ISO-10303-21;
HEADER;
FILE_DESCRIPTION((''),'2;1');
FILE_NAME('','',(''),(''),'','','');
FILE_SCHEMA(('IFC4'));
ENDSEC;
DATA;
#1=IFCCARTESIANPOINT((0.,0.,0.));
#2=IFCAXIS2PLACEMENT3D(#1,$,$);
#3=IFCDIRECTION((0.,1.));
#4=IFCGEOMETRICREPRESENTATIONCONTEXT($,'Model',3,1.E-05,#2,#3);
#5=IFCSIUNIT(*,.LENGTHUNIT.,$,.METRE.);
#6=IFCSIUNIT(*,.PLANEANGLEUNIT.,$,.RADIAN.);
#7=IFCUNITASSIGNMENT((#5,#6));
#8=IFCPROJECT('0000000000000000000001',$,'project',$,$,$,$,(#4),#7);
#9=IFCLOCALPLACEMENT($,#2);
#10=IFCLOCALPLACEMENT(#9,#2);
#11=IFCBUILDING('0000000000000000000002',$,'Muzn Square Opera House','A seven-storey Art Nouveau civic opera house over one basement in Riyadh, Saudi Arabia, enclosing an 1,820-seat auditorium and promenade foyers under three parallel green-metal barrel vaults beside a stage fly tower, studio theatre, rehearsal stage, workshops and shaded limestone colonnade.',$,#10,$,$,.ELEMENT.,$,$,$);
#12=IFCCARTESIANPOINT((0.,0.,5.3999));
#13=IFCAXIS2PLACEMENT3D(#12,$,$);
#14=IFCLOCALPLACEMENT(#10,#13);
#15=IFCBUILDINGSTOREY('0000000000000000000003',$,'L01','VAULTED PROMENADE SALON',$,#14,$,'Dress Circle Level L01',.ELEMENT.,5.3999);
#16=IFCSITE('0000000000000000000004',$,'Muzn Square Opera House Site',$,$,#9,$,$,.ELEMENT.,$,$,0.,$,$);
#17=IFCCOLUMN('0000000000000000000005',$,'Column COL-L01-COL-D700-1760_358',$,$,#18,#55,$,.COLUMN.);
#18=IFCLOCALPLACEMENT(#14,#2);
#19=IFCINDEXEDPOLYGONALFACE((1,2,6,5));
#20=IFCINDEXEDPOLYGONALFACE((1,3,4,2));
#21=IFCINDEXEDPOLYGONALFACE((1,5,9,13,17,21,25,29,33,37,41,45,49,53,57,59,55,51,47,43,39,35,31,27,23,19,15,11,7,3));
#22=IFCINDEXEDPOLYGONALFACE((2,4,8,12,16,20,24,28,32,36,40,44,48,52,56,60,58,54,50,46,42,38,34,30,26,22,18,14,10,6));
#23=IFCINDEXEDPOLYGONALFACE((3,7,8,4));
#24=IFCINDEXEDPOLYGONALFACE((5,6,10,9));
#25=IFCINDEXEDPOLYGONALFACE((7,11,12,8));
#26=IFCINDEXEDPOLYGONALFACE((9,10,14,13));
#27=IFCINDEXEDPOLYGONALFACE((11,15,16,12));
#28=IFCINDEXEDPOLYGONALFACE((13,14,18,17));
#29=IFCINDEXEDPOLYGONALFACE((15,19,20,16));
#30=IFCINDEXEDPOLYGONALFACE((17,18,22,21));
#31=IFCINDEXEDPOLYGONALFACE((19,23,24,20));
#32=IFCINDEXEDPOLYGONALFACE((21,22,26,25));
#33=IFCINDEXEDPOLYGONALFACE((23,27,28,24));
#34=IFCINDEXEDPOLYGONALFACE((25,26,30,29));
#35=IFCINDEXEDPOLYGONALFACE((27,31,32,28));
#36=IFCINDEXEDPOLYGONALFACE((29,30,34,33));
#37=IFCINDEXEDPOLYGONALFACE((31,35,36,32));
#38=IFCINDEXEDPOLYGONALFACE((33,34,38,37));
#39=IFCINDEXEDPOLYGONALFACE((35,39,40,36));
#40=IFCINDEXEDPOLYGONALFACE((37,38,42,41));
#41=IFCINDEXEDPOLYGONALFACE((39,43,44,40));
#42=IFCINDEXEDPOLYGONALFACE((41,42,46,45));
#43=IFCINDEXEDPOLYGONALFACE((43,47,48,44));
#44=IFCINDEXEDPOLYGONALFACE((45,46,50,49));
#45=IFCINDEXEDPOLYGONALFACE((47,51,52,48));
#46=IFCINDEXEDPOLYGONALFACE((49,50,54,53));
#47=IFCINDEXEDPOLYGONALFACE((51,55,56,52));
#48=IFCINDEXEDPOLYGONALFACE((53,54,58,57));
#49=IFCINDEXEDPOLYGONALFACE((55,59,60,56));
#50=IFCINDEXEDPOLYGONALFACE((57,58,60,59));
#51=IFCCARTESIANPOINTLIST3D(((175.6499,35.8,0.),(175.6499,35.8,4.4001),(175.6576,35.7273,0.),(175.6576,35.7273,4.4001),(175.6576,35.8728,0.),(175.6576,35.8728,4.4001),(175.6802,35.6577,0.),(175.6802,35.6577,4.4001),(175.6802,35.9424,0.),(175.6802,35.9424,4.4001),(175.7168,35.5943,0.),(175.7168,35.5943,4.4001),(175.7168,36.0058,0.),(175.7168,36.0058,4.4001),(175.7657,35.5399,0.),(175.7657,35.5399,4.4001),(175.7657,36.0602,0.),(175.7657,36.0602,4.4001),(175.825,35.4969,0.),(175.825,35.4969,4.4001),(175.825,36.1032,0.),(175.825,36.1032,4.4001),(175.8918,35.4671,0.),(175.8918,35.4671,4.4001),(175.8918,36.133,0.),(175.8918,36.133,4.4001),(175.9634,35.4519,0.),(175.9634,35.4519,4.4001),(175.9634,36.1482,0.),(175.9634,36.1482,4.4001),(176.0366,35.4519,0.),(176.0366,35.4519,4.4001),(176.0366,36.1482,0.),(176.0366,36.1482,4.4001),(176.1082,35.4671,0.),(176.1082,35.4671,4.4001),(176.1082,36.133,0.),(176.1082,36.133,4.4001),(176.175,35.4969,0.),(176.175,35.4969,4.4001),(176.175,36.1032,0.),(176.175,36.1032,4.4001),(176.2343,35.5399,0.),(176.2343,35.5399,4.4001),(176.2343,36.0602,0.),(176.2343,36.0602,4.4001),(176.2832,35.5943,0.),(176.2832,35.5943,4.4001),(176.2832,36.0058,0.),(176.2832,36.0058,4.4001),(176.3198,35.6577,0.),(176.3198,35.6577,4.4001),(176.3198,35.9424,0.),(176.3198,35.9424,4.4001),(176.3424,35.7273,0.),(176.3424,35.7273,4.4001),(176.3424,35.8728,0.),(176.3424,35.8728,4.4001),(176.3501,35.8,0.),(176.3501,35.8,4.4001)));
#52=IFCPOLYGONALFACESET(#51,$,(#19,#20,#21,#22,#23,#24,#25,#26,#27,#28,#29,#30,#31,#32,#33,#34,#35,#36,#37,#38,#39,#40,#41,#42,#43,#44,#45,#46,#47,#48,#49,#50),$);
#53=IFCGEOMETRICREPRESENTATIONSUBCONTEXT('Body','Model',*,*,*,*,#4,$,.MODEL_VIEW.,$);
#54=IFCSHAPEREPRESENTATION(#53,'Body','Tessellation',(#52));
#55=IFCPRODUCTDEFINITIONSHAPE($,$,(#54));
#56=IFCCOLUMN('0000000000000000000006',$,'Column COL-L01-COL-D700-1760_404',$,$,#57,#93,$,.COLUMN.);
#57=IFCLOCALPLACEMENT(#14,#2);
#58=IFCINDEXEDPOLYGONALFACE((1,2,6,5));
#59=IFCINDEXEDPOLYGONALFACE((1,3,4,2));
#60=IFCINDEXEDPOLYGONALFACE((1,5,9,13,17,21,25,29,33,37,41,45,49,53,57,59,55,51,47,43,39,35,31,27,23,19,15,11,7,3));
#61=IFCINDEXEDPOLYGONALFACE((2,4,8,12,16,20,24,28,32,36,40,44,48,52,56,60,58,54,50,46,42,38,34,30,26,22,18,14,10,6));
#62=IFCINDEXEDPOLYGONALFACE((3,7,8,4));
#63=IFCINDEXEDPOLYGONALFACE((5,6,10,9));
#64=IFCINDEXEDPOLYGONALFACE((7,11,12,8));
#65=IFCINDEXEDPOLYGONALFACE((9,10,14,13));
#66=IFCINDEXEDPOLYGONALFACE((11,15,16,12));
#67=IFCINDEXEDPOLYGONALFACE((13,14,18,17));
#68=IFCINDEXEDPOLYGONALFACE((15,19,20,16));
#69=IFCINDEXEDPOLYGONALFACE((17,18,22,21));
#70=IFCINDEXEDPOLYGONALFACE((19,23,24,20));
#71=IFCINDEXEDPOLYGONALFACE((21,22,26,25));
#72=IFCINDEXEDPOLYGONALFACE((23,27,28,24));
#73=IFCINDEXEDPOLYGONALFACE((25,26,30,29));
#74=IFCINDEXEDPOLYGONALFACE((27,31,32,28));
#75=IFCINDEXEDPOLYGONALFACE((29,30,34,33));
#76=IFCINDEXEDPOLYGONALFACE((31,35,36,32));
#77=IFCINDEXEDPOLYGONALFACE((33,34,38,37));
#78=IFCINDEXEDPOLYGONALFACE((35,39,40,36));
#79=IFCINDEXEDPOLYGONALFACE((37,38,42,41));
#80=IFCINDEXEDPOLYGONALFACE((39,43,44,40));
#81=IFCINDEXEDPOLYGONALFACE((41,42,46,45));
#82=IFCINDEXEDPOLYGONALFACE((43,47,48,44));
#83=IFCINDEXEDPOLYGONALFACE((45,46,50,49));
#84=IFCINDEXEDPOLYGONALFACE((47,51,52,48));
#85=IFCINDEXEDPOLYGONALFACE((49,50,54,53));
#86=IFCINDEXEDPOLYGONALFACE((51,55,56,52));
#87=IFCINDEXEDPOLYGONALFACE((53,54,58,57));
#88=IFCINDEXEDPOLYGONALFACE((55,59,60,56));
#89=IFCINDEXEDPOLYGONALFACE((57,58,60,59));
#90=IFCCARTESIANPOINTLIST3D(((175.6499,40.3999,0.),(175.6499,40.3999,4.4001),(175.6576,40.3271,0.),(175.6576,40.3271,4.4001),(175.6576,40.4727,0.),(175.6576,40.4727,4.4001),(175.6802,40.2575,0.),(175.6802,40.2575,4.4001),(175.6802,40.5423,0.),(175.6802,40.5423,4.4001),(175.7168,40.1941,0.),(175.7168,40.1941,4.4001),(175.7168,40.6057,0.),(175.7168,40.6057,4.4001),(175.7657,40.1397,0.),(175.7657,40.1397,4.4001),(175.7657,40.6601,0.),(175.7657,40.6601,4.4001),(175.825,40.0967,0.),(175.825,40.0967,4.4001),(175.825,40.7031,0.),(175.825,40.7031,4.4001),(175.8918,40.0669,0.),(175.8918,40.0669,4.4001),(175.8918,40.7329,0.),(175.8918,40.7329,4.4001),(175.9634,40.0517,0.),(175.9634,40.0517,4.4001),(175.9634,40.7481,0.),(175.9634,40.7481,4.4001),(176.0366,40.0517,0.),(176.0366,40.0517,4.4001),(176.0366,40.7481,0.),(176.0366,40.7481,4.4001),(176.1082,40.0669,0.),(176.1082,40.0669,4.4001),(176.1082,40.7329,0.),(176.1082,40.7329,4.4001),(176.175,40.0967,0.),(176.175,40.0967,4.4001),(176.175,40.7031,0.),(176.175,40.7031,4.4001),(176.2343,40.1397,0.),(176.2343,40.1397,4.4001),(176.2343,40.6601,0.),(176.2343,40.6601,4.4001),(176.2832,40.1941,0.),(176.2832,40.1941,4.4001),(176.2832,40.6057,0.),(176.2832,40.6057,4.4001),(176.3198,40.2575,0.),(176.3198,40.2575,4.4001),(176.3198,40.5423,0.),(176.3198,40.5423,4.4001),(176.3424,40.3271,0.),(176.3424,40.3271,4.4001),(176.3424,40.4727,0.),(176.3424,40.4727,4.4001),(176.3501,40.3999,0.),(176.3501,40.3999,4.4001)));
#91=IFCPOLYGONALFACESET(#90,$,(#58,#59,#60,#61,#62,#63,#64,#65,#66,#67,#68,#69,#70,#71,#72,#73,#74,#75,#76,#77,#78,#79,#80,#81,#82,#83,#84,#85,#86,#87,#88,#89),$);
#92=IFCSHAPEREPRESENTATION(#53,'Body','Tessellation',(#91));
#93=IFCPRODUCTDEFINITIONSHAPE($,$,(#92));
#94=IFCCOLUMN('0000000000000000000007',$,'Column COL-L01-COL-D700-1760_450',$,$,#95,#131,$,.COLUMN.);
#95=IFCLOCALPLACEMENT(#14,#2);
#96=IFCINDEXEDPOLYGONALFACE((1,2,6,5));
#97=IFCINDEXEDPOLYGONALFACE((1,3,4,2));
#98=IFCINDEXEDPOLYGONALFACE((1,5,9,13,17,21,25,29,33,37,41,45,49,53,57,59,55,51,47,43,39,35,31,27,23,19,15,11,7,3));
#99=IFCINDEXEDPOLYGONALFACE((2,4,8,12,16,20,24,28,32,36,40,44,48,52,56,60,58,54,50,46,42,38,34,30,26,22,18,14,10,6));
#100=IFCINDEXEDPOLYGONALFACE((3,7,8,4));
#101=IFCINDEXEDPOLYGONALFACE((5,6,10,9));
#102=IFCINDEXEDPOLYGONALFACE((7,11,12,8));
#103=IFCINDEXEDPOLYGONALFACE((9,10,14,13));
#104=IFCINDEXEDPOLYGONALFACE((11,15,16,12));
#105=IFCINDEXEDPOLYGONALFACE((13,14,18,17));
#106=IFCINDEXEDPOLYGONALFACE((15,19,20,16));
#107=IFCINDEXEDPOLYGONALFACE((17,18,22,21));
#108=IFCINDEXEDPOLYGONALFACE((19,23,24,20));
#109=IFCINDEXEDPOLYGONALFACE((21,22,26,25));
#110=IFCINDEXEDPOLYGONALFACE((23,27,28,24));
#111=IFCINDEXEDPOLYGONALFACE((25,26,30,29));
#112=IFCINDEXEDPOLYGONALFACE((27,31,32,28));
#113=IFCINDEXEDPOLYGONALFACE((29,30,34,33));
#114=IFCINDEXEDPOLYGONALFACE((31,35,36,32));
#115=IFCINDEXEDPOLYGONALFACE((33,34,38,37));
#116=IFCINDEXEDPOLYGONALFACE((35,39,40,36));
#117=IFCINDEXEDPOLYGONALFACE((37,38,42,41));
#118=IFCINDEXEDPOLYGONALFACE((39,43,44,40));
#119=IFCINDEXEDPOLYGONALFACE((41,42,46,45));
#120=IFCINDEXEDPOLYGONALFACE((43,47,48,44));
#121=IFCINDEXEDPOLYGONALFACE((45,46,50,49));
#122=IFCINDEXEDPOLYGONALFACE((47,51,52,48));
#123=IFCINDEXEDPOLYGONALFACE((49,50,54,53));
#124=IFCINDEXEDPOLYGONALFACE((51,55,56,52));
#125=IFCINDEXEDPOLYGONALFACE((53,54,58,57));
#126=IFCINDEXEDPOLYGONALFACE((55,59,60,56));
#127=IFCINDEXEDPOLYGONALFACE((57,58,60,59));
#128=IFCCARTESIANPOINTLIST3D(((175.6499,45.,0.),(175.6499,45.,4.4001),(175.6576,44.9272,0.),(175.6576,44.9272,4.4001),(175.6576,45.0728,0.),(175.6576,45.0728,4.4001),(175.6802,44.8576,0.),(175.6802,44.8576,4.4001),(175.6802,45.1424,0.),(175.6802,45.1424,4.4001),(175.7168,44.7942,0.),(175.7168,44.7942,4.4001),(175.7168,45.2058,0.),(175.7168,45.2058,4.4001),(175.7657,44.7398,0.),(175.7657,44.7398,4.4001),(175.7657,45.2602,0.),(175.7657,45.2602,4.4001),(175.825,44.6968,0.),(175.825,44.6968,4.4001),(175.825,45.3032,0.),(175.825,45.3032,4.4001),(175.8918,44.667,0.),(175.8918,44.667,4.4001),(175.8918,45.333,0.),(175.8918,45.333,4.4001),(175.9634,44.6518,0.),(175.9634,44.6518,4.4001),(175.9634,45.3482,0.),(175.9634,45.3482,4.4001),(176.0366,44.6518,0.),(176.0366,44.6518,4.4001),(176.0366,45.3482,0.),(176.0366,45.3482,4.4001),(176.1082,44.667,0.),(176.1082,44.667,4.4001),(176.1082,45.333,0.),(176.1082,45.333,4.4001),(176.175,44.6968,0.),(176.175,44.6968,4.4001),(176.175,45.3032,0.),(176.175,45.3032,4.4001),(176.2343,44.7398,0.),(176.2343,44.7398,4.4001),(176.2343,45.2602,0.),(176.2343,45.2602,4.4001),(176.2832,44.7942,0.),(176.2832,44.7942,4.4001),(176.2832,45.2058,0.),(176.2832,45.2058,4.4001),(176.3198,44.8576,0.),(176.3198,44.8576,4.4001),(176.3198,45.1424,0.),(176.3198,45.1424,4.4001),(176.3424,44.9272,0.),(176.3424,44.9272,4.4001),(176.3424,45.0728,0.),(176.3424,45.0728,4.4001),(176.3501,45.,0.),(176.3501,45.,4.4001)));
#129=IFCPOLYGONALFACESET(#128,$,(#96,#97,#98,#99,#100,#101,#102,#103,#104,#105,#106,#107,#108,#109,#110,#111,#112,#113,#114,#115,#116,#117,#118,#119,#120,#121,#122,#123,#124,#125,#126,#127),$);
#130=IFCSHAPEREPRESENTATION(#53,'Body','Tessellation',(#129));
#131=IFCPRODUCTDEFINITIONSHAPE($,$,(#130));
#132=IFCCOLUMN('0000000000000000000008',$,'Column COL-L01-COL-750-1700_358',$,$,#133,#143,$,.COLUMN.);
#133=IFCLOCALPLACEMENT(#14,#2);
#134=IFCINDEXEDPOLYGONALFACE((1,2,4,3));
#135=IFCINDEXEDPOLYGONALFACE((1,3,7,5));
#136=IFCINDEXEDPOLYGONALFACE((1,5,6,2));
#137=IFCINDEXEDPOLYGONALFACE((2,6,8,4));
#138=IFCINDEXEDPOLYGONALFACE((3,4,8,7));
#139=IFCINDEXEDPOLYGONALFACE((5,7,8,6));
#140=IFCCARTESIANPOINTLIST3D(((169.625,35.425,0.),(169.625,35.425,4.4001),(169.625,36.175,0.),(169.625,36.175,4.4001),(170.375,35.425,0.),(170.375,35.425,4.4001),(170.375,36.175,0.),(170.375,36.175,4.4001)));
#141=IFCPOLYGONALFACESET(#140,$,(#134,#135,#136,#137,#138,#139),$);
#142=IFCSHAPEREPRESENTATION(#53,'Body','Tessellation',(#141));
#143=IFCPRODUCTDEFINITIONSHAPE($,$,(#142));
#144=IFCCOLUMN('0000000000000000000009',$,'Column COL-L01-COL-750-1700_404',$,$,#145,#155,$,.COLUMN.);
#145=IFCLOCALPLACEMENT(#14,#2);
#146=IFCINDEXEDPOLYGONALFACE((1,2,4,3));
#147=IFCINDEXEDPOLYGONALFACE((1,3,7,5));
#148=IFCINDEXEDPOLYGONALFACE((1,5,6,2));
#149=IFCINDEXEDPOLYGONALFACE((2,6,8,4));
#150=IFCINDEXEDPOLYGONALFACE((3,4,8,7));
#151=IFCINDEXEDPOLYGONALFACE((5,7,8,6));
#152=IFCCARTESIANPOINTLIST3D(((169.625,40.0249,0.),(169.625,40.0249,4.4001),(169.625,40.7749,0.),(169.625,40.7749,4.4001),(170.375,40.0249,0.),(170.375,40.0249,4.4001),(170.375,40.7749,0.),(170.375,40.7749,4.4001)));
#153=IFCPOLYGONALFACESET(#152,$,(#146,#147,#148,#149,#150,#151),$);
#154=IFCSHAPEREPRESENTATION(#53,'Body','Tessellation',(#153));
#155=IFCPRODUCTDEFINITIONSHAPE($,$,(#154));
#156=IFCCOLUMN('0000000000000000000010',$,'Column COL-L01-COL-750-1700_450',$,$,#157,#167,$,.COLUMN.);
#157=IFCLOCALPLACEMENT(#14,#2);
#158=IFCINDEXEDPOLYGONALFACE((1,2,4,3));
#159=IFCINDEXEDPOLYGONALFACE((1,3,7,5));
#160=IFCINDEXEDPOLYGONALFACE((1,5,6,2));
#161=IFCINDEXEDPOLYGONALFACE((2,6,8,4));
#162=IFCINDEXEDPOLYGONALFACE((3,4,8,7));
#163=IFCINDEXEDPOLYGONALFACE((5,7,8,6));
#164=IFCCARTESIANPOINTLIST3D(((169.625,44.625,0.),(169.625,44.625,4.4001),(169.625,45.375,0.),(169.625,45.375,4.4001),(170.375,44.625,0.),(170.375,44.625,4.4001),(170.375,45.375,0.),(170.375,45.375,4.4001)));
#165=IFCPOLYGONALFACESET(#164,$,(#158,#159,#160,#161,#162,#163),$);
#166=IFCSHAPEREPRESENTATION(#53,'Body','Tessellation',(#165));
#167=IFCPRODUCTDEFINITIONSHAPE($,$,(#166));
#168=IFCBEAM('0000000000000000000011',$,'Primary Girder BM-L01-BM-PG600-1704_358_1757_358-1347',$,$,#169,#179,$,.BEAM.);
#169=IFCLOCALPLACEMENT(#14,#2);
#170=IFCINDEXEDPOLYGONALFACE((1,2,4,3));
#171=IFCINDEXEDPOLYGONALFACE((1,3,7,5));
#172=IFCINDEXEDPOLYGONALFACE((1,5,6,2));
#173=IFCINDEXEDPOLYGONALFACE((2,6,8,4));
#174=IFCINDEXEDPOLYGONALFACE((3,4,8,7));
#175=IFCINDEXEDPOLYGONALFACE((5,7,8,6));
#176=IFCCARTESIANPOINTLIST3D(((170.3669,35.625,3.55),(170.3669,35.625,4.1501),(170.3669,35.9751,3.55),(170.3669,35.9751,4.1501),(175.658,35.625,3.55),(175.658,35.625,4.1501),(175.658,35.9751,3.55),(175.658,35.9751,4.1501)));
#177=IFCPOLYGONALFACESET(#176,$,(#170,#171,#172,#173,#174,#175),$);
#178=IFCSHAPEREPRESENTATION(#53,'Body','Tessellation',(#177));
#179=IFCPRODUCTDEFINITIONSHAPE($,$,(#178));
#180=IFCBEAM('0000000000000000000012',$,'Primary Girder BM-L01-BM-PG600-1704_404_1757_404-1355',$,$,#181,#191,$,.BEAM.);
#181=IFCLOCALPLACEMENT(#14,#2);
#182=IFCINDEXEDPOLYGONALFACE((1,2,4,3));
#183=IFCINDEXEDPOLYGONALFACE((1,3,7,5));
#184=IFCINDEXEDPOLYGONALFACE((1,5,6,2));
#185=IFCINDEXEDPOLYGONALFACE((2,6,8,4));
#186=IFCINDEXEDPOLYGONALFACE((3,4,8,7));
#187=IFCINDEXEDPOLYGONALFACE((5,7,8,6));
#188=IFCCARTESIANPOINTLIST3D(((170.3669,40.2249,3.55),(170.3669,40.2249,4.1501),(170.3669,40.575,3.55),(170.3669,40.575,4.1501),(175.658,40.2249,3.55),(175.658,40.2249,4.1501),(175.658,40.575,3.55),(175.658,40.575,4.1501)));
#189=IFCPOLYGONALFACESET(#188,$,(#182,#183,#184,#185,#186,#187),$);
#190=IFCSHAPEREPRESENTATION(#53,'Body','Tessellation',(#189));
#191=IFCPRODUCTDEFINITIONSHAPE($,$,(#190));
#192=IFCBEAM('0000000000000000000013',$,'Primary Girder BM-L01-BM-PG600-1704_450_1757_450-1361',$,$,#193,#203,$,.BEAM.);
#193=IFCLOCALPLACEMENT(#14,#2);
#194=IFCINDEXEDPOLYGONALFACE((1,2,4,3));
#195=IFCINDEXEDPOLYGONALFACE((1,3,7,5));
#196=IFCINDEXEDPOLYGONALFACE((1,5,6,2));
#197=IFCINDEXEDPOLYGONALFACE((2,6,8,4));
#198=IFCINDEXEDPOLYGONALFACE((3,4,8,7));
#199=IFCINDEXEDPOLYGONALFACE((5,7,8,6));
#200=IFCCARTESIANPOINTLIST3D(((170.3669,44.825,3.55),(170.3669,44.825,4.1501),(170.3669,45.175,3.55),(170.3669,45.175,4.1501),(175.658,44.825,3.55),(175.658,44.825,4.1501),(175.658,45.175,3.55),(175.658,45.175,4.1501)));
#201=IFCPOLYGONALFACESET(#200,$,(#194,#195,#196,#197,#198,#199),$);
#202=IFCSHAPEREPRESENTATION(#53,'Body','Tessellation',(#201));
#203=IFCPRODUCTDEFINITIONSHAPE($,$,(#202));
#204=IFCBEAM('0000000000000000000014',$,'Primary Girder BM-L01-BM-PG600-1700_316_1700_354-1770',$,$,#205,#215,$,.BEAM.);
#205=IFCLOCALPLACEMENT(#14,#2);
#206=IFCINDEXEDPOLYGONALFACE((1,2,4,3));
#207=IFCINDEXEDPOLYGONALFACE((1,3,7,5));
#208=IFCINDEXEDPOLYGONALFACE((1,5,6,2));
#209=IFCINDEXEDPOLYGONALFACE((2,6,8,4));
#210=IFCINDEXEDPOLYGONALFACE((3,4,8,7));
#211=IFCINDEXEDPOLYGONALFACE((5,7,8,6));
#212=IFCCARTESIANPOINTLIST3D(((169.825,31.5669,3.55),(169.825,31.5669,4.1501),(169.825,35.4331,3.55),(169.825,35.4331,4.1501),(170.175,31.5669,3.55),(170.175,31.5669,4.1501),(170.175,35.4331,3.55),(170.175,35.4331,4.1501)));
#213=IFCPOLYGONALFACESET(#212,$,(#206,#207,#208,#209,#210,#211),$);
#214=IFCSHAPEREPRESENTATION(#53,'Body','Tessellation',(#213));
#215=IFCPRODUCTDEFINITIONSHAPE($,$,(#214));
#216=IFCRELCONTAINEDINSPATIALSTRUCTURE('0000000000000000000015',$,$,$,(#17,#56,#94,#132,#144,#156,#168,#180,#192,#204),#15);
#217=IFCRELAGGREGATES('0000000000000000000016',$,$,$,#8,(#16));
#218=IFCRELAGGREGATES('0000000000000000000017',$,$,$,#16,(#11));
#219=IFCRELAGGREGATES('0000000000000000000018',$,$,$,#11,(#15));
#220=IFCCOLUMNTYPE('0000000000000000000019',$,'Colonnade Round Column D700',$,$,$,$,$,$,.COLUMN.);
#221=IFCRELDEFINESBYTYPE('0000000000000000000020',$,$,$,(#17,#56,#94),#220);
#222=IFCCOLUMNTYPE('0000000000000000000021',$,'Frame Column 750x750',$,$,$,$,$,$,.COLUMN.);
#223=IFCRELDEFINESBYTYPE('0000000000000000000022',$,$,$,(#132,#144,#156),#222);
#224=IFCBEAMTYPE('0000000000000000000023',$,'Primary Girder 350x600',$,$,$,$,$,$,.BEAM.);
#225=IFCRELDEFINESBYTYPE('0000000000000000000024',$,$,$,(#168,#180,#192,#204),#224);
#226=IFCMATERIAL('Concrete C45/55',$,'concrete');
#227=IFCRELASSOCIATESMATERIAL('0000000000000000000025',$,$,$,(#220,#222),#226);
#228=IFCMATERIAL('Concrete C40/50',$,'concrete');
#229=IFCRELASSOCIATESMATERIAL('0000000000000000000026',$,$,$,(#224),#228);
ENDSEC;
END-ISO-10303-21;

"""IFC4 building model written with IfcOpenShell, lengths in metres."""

from ifc_helpers import new_model, si_unit, direction, frame, origin, origin_2d, place, context, subcontext, project, spatial, rectangle, circle, extrude, material, material_profile, profile_set, type_object, element, save


model = new_model("IFC4")

# Units and contexts
model_context = context("Model", 3, precision=1e-05, world=origin(), true_north=direction((0.0, 1.0)))
body_context = subcontext(model_context, "Body", "Model", "MODEL_VIEW")
ifc_project = project(units=[si_unit("LENGTHUNIT", "METRE"), si_unit("PLANEANGLEUNIT", "RADIAN")], contexts=[model_context])

# Site, building, storey
site_placement = place(None, origin())
site = spatial("IfcSite", under=ifc_project, at=site_placement, Name="Muzn Square Opera House Site", CompositionType="ELEMENT", RefElevation=0.0)
building_placement = place(site_placement, origin())
building = spatial("IfcBuilding", under=site, at=building_placement, Name="Muzn Square Opera House", Description="A seven-storey Art Nouveau civic opera house over one basement in Riyadh, Saudi Arabia, enclosing an 1,820-seat auditorium and promenade foyers under three parallel green-metal barrel vaults beside a stage fly tower, studio theatre, rehearsal stage, workshops and shaded limestone colonnade.", CompositionType="ELEMENT")
storey_placement = place(building_placement, frame((0.0, 0.0, 5.3999)))
storey = spatial("IfcBuildingStorey", under=building, at=storey_placement, Name="L01", Description="VAULTED PROMENADE SALON", LongName="Dress Circle Level L01", CompositionType="ELEMENT", Elevation=5.3999)

# Columns
ifc_material_1 = material(Name="Concrete C45/55", Category="concrete")
ifc_material_profile_1 = material_profile(ifc_material_1, circle(Radius=0.3501, at=origin_2d()), Name="RCC D700", Category="concrete")
ifc_profile_set_1 = profile_set([ifc_material_profile_1], Name="Concrete C45/55")
column_type_1 = type_object("IfcColumnType", Name="Colonnade Round Column D700", PredefinedType="COLUMN", material=ifc_profile_set_1)
for number, where, z_axis, x_axis, name in (
    (1, (176.0, 35.8, 0.0), (0.0, 0.0, 1.0), (1.0, 0.0, 0.0), "Column COL-L01-COL-D700-1760_358"),
    (2, (176.0, 40.3999, 0.0), (0.0, 0.0, 1.0), (1.0, 0.0, 0.0), "Column COL-L01-COL-D700-1760_404"),
    (3, (176.0, 45.0, 0.0), (0.0, 0.0, 1.0), (1.0, 0.0, 0.0), "Column COL-L01-COL-D700-1760_450"),
):
    element("IfcColumn", number, at=place(storey_placement, frame(where, z_axis=z_axis, x_axis=x_axis)), inside=storey, type_object=column_type_1, Name=name, PredefinedType="COLUMN", context=body_context, shape_type="SweptSolid", body=[
        extrude(circle(Radius=0.3501, at=origin_2d()), origin(), (0.0, 0.0, 1.0), 4.4001),
    ])
ifc_material_profile_2 = material_profile(ifc_material_1, rectangle(XDim=0.75, YDim=0.75, at=origin_2d()), Name="RC 750x750", Category="concrete")
ifc_profile_set_2 = profile_set([ifc_material_profile_2], Name="Concrete C45/55")
column_type_2 = type_object("IfcColumnType", Name="Frame Column 750x750", PredefinedType="COLUMN", material=ifc_profile_set_2)
for number, where, z_axis, x_axis, name in (
    (4, (170.0, 35.8, 0.0), (0.0, 0.0, 1.0), (1.0, 0.0, 0.0), "Column COL-L01-COL-750-1700_358"),
    (5, (170.0, 40.3999, 0.0), (0.0, 0.0, 1.0), (1.0, 0.0, 0.0), "Column COL-L01-COL-750-1700_404"),
    (6, (170.0, 45.0, 0.0), (0.0, 0.0, 1.0), (1.0, 0.0, 0.0), "Column COL-L01-COL-750-1700_450"),
):
    element("IfcColumn", number, at=place(storey_placement, frame(where, z_axis=z_axis, x_axis=x_axis)), inside=storey, type_object=column_type_2, Name=name, PredefinedType="COLUMN", context=body_context, shape_type="SweptSolid", body=[
        extrude(rectangle(XDim=0.75, YDim=0.75, at=origin_2d()), origin(), (0.0, 0.0, 1.0), 4.4001),
    ])

# Beams
ifc_material_2 = material(Name="Concrete C40/50", Category="concrete")
ifc_material_profile_3 = material_profile(ifc_material_2, rectangle(XDim=0.3501, YDim=0.6001, at=origin_2d()), Name="RCB 350x600", Category="concrete")
ifc_profile_set_3 = profile_set([ifc_material_profile_3], Name="Concrete C40/50")
beam_type_1 = type_object("IfcBeamType", Name="Primary Girder 350x600", PredefinedType="BEAM", material=ifc_profile_set_3)
for number, where, z_axis, x_axis, name in (
    (7, (170.3669, 35.8, 3.8501), (1.0, 0.0, 0.0), (0.0, 1.0, 0.0), "Primary Girder BM-L01-BM-PG600-1704_358_1757_358-1347"),
    (8, (170.3669, 40.3999, 3.8501), (1.0, 0.0, 0.0), (0.0, 1.0, 0.0), "Primary Girder BM-L01-BM-PG600-1704_404_1757_404-1355"),
    (9, (170.3669, 45.0, 3.8501), (1.0, 0.0, 0.0), (0.0, 1.0, 0.0), "Primary Girder BM-L01-BM-PG600-1704_450_1757_450-1361"),
):
    element("IfcBeam", number, at=place(storey_placement, frame(where, z_axis=z_axis, x_axis=x_axis)), inside=storey, type_object=beam_type_1, Name=name, PredefinedType="BEAM", context=body_context, shape_type="SweptSolid", body=[
        extrude(rectangle(XDim=0.3501, YDim=0.6001, at=origin_2d()), origin(), (0.0, 0.0, 1.0), 5.291),
    ])
beam_placement = place(storey_placement, frame((170.0, 31.5669, 3.8501), z_axis=(0.0, 1.0, 0.0), x_axis=(-1.0, 0.0, 0.0)))
element("IfcBeam", 10, at=beam_placement, inside=storey, type_object=beam_type_1, Name="Primary Girder BM-L01-BM-PG600-1700_316_1700_354-1770", PredefinedType="BEAM", context=body_context, shape_type="SweptSolid", body=[
    extrude(rectangle(XDim=0.3501, YDim=0.6001, at=origin_2d()), origin(), (0.0, 0.0, 1.0), 3.8662),
])

save(model, "model.ifc")
